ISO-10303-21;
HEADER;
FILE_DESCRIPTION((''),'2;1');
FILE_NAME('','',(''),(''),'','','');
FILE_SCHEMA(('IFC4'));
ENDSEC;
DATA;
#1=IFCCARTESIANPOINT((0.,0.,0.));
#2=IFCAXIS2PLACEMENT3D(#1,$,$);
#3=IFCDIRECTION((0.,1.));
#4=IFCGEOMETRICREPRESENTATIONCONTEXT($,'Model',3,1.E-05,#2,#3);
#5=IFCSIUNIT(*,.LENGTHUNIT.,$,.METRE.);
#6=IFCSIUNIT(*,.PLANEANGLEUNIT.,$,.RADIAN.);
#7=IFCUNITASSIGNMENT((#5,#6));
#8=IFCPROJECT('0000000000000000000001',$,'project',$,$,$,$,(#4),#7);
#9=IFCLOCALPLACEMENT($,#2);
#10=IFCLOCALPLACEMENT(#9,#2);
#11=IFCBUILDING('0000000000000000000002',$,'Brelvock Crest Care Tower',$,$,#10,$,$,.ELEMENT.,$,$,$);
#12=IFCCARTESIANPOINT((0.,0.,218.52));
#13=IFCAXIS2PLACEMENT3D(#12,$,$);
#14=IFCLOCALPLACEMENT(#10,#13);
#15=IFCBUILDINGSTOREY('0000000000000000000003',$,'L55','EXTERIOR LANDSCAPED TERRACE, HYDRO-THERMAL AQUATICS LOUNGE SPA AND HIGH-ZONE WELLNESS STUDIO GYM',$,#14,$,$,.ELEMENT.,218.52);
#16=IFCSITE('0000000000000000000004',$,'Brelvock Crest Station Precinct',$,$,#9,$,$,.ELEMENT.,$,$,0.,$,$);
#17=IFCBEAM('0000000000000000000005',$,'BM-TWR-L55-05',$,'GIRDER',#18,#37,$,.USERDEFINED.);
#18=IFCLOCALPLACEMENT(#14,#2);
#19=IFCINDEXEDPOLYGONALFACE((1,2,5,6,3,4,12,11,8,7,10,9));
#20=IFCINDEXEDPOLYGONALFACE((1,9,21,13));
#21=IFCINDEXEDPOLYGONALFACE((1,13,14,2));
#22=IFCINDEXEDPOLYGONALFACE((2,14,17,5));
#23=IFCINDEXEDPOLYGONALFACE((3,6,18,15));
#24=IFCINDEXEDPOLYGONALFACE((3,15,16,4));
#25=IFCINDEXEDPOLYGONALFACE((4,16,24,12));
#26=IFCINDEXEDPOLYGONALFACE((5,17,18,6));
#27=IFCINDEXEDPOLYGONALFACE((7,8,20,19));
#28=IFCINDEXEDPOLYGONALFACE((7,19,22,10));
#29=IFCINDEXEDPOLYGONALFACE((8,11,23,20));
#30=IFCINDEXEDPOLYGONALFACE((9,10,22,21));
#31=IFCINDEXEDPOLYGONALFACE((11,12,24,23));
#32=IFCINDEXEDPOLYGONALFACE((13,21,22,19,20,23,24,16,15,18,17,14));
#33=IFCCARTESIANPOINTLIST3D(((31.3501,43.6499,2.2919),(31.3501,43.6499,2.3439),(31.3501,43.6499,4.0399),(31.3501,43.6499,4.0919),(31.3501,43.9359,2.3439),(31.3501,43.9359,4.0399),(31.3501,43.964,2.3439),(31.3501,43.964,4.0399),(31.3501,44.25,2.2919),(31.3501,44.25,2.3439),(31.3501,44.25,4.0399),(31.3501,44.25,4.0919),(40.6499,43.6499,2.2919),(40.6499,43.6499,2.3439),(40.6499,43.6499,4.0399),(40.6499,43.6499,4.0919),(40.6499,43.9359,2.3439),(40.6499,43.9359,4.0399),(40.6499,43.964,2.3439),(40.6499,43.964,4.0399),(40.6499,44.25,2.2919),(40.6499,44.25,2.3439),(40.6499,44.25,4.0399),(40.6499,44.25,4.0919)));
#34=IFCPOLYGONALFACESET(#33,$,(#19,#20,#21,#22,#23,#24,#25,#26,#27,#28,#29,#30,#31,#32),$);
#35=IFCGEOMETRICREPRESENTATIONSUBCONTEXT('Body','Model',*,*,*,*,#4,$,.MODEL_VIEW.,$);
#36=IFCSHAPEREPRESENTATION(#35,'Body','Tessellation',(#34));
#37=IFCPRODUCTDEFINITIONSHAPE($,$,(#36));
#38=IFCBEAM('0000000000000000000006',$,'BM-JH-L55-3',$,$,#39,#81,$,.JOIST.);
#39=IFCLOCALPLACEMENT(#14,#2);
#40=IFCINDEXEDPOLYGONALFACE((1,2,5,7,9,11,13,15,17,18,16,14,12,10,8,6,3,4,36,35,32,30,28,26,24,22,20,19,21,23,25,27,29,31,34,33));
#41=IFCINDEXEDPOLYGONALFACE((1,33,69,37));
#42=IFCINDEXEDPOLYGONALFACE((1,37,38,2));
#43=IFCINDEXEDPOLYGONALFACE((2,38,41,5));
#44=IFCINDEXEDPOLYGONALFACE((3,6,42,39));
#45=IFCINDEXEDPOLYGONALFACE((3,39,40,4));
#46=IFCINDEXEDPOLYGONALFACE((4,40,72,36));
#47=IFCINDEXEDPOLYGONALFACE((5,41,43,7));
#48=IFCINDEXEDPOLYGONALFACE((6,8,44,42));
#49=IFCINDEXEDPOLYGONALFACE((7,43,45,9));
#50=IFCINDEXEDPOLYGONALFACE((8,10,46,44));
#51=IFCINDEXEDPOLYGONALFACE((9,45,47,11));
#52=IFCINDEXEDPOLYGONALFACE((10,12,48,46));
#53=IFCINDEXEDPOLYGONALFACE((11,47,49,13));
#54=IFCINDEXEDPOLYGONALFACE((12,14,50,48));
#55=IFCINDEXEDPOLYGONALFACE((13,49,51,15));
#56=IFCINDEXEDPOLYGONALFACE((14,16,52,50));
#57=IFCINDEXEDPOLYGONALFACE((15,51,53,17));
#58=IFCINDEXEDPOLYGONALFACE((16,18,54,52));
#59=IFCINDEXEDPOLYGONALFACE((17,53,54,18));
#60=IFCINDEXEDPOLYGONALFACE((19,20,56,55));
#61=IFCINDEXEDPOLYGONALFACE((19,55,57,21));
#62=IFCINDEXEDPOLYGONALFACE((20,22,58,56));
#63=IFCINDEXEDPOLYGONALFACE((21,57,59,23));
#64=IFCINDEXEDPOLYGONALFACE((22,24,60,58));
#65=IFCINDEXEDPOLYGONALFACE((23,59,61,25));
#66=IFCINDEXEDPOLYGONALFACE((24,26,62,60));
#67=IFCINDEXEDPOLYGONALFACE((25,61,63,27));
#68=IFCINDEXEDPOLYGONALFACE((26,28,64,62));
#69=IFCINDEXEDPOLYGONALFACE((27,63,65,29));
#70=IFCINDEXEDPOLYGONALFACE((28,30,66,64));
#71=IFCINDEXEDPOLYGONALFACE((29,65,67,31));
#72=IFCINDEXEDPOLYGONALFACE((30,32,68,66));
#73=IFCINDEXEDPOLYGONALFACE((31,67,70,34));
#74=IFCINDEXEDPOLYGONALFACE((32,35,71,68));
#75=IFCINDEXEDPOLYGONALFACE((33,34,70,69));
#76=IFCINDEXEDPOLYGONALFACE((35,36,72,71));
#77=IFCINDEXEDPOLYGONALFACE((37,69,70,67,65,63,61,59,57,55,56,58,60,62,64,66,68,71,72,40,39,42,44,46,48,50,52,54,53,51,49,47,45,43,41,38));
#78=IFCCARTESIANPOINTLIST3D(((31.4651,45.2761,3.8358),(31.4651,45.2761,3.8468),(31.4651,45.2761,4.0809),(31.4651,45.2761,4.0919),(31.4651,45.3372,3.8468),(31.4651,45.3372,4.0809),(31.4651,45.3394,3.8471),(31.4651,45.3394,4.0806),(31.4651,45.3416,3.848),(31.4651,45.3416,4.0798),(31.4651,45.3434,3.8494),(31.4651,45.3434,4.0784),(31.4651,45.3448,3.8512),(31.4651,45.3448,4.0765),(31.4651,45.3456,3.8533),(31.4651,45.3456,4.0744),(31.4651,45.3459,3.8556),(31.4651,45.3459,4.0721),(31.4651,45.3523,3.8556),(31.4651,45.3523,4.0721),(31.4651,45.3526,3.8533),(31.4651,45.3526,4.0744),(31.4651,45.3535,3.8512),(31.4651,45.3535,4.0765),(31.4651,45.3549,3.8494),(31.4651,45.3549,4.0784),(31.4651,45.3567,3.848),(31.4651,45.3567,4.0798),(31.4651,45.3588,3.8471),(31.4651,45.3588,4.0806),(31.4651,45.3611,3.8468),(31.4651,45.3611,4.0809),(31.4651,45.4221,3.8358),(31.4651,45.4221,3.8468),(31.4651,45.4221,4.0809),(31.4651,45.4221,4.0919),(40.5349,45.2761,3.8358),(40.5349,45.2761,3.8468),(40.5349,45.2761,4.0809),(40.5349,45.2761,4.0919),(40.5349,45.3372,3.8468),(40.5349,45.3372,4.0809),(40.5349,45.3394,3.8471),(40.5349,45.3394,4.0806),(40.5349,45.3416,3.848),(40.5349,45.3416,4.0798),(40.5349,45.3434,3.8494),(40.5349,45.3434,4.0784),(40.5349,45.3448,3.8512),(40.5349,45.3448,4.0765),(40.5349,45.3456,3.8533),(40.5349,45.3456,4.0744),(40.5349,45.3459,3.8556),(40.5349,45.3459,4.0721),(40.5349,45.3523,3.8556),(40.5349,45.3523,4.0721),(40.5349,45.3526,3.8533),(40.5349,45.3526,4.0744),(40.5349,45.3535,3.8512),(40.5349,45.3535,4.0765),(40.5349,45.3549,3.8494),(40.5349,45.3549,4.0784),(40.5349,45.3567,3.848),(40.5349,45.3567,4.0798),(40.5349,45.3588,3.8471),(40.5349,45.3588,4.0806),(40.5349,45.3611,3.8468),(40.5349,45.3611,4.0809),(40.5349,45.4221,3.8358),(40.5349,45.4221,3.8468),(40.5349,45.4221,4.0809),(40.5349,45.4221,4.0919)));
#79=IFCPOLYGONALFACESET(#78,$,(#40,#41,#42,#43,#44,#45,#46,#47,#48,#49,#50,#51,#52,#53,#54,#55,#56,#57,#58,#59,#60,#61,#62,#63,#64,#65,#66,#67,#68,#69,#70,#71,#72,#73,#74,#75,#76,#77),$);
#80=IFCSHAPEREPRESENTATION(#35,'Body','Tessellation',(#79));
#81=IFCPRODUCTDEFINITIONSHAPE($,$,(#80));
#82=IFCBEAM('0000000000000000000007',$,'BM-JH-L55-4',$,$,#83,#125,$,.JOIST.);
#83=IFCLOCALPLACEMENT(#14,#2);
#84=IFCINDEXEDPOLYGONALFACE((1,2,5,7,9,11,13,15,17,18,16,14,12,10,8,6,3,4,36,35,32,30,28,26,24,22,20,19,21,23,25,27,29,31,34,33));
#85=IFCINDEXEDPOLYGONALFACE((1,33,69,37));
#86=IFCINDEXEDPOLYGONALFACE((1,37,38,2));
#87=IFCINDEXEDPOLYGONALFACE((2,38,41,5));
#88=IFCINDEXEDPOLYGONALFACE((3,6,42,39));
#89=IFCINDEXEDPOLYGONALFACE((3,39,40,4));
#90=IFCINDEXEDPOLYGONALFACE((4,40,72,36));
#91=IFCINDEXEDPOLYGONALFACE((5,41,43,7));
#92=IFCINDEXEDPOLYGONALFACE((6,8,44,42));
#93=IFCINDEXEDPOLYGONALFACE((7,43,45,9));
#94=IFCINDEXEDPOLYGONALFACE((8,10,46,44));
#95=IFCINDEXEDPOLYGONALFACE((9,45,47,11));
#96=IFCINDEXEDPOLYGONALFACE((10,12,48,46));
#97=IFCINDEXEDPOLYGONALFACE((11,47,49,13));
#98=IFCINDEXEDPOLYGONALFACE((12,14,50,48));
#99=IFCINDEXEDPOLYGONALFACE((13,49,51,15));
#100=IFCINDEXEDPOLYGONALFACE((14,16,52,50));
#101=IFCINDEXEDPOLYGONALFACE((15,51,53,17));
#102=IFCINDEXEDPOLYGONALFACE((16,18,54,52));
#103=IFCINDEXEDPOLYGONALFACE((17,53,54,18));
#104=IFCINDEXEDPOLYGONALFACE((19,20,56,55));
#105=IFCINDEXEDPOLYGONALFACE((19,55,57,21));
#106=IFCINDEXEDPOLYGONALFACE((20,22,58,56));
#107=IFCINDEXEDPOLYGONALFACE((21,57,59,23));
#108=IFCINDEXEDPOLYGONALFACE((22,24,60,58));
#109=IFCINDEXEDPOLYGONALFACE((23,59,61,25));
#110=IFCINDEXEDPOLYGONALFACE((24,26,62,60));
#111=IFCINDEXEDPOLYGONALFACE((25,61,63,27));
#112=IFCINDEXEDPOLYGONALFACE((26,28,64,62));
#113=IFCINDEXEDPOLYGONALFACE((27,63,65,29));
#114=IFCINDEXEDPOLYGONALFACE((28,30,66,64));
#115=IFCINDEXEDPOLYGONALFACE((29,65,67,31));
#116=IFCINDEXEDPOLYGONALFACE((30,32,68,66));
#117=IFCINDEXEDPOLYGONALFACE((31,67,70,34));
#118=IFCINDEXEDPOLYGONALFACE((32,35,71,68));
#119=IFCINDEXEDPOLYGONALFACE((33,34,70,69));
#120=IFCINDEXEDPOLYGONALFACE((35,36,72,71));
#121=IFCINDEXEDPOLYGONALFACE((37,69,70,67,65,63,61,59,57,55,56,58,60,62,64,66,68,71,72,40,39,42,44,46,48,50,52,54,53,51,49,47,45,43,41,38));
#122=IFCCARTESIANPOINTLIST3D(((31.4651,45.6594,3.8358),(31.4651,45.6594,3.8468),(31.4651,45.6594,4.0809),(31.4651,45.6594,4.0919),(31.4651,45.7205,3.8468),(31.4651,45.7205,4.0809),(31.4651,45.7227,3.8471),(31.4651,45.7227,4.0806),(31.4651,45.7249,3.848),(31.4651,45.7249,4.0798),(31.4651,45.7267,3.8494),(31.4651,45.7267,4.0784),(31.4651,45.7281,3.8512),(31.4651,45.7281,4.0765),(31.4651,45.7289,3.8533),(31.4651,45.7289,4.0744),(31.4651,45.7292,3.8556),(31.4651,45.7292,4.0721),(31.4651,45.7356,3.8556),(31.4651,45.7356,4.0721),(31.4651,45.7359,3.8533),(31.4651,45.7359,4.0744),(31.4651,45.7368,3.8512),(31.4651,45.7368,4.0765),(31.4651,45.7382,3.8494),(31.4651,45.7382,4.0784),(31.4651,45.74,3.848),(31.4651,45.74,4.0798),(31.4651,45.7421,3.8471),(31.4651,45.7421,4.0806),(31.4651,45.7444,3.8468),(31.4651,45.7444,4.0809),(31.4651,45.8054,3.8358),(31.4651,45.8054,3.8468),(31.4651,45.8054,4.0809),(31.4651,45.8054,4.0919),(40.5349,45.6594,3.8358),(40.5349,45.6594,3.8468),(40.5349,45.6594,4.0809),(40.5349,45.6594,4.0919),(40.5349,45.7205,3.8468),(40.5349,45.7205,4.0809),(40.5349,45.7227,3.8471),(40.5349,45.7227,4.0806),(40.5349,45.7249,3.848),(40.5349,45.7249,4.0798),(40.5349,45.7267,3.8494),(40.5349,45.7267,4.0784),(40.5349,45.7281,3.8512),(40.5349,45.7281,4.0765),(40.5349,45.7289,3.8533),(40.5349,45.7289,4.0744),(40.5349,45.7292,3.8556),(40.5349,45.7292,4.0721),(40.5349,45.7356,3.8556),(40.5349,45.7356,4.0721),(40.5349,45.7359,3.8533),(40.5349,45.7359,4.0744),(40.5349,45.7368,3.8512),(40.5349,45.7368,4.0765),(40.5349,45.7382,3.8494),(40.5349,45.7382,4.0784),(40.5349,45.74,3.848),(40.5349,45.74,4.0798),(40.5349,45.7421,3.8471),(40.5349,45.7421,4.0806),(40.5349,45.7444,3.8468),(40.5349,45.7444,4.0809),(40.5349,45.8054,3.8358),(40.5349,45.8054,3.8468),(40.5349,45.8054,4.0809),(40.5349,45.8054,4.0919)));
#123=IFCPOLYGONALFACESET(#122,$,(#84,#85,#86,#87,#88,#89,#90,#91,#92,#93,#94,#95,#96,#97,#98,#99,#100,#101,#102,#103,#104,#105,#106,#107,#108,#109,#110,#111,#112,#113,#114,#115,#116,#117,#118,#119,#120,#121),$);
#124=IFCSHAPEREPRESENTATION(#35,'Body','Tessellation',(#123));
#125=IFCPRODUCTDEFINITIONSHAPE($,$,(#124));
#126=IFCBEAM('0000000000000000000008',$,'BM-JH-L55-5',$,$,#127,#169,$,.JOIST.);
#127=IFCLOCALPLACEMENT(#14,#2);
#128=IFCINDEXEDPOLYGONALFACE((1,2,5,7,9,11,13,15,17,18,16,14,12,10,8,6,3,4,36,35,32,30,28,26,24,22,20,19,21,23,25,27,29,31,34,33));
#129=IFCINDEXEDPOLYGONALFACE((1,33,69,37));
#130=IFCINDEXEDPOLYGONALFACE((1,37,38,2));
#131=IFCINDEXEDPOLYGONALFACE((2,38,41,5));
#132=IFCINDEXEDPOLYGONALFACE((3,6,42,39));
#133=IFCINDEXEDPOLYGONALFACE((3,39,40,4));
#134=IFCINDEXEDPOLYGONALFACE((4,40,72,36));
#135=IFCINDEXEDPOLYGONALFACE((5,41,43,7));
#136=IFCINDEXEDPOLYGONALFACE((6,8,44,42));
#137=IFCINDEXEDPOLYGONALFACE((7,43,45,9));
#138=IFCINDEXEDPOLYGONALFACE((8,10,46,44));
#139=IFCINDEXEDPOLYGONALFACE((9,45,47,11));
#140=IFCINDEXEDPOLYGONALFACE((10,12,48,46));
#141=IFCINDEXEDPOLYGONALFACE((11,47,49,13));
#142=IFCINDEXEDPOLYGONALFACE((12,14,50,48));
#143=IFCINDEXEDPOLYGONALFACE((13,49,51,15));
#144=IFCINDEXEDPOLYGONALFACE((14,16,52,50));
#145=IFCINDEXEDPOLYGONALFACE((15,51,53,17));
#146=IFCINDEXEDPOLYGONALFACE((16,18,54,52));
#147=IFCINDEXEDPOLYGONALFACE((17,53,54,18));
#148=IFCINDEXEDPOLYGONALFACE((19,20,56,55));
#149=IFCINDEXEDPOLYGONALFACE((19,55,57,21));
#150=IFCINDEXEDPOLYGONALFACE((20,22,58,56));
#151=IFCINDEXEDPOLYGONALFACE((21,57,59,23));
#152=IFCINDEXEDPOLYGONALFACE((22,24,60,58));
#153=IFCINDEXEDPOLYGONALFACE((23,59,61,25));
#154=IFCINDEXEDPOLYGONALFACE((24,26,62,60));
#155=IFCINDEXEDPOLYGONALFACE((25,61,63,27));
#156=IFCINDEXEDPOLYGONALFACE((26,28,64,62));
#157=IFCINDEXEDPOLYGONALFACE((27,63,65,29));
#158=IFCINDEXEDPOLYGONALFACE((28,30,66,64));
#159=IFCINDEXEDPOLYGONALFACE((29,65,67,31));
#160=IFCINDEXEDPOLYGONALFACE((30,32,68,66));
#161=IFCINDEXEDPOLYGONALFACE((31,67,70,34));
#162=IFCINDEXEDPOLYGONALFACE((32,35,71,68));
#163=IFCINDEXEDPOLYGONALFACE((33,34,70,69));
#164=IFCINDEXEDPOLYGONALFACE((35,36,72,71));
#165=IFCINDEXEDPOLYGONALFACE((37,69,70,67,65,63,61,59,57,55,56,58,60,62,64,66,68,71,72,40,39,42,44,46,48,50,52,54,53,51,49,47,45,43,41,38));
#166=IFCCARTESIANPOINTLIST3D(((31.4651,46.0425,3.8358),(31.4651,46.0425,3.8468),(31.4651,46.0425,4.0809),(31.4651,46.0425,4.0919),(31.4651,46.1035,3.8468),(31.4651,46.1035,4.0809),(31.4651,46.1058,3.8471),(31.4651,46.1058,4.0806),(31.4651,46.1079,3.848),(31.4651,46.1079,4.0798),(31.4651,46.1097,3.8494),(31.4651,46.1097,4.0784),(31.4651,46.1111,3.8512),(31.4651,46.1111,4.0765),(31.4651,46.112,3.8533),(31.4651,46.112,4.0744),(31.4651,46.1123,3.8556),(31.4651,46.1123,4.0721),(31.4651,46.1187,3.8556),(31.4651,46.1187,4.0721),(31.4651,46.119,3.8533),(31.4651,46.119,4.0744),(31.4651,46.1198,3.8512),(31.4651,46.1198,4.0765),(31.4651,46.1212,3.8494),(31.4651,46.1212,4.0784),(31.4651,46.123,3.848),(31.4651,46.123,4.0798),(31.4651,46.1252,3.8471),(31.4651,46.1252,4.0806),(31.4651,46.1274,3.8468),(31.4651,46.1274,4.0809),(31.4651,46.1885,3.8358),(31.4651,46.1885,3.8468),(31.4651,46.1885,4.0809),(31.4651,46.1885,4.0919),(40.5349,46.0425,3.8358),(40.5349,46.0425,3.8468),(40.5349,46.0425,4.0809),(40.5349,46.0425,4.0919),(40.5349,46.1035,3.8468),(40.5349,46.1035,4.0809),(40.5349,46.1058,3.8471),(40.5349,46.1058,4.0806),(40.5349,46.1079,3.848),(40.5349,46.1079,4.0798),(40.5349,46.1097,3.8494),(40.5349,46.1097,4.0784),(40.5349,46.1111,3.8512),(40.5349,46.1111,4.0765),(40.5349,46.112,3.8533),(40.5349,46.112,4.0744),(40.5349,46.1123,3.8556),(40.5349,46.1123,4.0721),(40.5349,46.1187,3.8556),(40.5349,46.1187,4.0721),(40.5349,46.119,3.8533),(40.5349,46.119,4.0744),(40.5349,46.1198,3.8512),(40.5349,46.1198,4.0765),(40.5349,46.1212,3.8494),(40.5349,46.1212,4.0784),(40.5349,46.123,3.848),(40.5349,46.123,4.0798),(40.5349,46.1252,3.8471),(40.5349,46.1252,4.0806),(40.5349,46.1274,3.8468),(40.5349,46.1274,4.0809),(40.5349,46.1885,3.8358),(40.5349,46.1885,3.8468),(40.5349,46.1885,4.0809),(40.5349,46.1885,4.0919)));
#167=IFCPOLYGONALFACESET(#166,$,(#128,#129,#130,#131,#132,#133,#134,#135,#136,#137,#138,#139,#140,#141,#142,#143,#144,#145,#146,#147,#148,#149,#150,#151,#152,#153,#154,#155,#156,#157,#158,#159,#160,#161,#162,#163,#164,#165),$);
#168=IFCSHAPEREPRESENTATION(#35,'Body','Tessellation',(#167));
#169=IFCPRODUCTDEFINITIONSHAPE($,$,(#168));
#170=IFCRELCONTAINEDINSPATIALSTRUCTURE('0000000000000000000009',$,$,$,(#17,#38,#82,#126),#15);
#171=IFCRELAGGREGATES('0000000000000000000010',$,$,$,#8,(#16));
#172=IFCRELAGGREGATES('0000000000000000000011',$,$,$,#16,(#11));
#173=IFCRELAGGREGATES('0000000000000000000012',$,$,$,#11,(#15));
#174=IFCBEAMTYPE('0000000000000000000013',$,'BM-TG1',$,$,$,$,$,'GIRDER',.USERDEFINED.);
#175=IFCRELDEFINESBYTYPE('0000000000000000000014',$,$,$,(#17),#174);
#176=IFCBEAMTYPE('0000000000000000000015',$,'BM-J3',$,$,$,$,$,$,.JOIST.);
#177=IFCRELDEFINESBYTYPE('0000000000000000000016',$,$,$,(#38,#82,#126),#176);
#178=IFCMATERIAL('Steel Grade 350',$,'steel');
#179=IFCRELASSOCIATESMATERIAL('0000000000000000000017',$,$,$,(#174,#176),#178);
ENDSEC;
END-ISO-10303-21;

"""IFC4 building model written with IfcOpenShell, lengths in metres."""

from ifc_helpers import new_model, si_unit, direction, frame, origin, origin_2d, place, context, subcontext, project, spatial, i_section, extrude, source, transform, mapped, material, material_profile, profile_set, type_object, element, save


model = new_model("IFC4")

# Units and contexts
model_context = context("Model", 3, precision=1e-05, world=origin(), true_north=direction((0.0, 1.0)))
body_context = subcontext(model_context, "Body", "Model", "MODEL_VIEW")
ifc_project = project(units=[si_unit("LENGTHUNIT", "METRE"), si_unit("PLANEANGLEUNIT", "RADIAN")], contexts=[model_context])

# Site, building, storey
site_placement = place(None, origin())
site = spatial("IfcSite", under=ifc_project, at=site_placement, Name="Brelvock Crest Station Precinct", CompositionType="ELEMENT", RefElevation=0.0)
building_placement = place(site_placement, origin())
building = spatial("IfcBuilding", under=site, at=building_placement, Name="Brelvock Crest Care Tower", CompositionType="ELEMENT")
storey_placement = place(building_placement, frame((0.0, 0.0, 218.52)))
storey = spatial("IfcBuildingStorey", under=building, at=storey_placement, Name="L55", Description="EXTERIOR LANDSCAPED TERRACE, HYDRO-THERMAL AQUATICS LOUNGE SPA AND HIGH-ZONE WELLNESS STUDIO GYM", CompositionType="ELEMENT", Elevation=218.52)

# Beams
ifc_material = material(Name="Steel Grade 350", Category="steel")
ifc_material_profile_1 = material_profile(ifc_material, i_section(OverallWidth=0.6001, OverallDepth=1.8, WebThickness=0.0281, FlangeThickness=0.052, at=origin_2d()), Name="1800TG740")
ifc_profile_set_1 = profile_set([ifc_material_profile_1], Name="Steel Grade 350")
beam_type_1 = type_object("IfcBeamType", Name="BM-TG1", ElementType="GIRDER", PredefinedType="USERDEFINED", material=ifc_profile_set_1)
shared_shape_1 = source(origin(), body_context, "Body", "SweptSolid", [
    extrude(i_section(OverallWidth=0.6001, OverallDepth=1.8, WebThickness=0.0281, FlangeThickness=0.052, at=origin_2d()), origin(), (0.0, 0.0, 1.0), 9.2998),
])
beam_1_placement = place(storey_placement, frame((31.3501, 43.95, 3.1919), z_axis=(1.0, 0.0, 0.0), x_axis=(0.0, 1.0, 0.0)))
element("IfcBeam", 1, at=beam_1_placement, inside=storey, type_object=beam_type_1, Name="BM-TWR-L55-05", ObjectType="GIRDER", PredefinedType="USERDEFINED", context=body_context, shape_type="MappedRepresentation", body=[
    mapped(shared_shape_1, transform((0.0, 0.0, 0.0), x_axis=(1.0, 0.0, 0.0), y_axis=(0.0, 1.0, 0.0), z_axis=(0.0, 0.0, 1.0), scale=1.0)),
])
ifc_material_profile_2 = material_profile(ifc_material, i_section(OverallWidth=0.146, OverallDepth=0.2561, WebThickness=0.0063, FlangeThickness=0.011, FilletRadius=0.0088, at=origin_2d()), Name="250UB37.3")
ifc_profile_set_2 = profile_set([ifc_material_profile_2], Name="Steel Grade 350")
beam_type_2 = type_object("IfcBeamType", Name="BM-J3", PredefinedType="JOIST", material=ifc_profile_set_2)
shared_shape_2 = source(origin(), body_context, "Body", "SweptSolid", [
    extrude(i_section(OverallWidth=0.146, OverallDepth=0.2561, WebThickness=0.0063, FlangeThickness=0.011, FilletRadius=0.0088, at=origin_2d()), origin(), (0.0, 0.0, 1.0), 9.0698),
])
for number, where, z_axis, x_axis, name in (
    (2, (31.4651, 45.3491, 3.9639), (1.0, 0.0, 0.0), (0.0, 1.0, 0.0), "BM-JH-L55-3"),
    (3, (31.4651, 45.7324, 3.9639), (1.0, 0.0, 0.0), (0.0, 1.0, 0.0), "BM-JH-L55-4"),
    (4, (31.4651, 46.1155, 3.9639), (1.0, 0.0, 0.0), (0.0, 1.0, 0.0), "BM-JH-L55-5"),
):
    element("IfcBeam", number, at=place(storey_placement, frame(where, z_axis=z_axis, x_axis=x_axis)), inside=storey, type_object=beam_type_2, Name=name, PredefinedType="JOIST", context=body_context, shape_type="MappedRepresentation", body=[
        mapped(shared_shape_2, transform((0.0, 0.0, 0.0), x_axis=(1.0, 0.0, 0.0), y_axis=(0.0, 1.0, 0.0), z_axis=(0.0, 0.0, 1.0), scale=1.0)),
    ])

save(model, "model.ifc")
